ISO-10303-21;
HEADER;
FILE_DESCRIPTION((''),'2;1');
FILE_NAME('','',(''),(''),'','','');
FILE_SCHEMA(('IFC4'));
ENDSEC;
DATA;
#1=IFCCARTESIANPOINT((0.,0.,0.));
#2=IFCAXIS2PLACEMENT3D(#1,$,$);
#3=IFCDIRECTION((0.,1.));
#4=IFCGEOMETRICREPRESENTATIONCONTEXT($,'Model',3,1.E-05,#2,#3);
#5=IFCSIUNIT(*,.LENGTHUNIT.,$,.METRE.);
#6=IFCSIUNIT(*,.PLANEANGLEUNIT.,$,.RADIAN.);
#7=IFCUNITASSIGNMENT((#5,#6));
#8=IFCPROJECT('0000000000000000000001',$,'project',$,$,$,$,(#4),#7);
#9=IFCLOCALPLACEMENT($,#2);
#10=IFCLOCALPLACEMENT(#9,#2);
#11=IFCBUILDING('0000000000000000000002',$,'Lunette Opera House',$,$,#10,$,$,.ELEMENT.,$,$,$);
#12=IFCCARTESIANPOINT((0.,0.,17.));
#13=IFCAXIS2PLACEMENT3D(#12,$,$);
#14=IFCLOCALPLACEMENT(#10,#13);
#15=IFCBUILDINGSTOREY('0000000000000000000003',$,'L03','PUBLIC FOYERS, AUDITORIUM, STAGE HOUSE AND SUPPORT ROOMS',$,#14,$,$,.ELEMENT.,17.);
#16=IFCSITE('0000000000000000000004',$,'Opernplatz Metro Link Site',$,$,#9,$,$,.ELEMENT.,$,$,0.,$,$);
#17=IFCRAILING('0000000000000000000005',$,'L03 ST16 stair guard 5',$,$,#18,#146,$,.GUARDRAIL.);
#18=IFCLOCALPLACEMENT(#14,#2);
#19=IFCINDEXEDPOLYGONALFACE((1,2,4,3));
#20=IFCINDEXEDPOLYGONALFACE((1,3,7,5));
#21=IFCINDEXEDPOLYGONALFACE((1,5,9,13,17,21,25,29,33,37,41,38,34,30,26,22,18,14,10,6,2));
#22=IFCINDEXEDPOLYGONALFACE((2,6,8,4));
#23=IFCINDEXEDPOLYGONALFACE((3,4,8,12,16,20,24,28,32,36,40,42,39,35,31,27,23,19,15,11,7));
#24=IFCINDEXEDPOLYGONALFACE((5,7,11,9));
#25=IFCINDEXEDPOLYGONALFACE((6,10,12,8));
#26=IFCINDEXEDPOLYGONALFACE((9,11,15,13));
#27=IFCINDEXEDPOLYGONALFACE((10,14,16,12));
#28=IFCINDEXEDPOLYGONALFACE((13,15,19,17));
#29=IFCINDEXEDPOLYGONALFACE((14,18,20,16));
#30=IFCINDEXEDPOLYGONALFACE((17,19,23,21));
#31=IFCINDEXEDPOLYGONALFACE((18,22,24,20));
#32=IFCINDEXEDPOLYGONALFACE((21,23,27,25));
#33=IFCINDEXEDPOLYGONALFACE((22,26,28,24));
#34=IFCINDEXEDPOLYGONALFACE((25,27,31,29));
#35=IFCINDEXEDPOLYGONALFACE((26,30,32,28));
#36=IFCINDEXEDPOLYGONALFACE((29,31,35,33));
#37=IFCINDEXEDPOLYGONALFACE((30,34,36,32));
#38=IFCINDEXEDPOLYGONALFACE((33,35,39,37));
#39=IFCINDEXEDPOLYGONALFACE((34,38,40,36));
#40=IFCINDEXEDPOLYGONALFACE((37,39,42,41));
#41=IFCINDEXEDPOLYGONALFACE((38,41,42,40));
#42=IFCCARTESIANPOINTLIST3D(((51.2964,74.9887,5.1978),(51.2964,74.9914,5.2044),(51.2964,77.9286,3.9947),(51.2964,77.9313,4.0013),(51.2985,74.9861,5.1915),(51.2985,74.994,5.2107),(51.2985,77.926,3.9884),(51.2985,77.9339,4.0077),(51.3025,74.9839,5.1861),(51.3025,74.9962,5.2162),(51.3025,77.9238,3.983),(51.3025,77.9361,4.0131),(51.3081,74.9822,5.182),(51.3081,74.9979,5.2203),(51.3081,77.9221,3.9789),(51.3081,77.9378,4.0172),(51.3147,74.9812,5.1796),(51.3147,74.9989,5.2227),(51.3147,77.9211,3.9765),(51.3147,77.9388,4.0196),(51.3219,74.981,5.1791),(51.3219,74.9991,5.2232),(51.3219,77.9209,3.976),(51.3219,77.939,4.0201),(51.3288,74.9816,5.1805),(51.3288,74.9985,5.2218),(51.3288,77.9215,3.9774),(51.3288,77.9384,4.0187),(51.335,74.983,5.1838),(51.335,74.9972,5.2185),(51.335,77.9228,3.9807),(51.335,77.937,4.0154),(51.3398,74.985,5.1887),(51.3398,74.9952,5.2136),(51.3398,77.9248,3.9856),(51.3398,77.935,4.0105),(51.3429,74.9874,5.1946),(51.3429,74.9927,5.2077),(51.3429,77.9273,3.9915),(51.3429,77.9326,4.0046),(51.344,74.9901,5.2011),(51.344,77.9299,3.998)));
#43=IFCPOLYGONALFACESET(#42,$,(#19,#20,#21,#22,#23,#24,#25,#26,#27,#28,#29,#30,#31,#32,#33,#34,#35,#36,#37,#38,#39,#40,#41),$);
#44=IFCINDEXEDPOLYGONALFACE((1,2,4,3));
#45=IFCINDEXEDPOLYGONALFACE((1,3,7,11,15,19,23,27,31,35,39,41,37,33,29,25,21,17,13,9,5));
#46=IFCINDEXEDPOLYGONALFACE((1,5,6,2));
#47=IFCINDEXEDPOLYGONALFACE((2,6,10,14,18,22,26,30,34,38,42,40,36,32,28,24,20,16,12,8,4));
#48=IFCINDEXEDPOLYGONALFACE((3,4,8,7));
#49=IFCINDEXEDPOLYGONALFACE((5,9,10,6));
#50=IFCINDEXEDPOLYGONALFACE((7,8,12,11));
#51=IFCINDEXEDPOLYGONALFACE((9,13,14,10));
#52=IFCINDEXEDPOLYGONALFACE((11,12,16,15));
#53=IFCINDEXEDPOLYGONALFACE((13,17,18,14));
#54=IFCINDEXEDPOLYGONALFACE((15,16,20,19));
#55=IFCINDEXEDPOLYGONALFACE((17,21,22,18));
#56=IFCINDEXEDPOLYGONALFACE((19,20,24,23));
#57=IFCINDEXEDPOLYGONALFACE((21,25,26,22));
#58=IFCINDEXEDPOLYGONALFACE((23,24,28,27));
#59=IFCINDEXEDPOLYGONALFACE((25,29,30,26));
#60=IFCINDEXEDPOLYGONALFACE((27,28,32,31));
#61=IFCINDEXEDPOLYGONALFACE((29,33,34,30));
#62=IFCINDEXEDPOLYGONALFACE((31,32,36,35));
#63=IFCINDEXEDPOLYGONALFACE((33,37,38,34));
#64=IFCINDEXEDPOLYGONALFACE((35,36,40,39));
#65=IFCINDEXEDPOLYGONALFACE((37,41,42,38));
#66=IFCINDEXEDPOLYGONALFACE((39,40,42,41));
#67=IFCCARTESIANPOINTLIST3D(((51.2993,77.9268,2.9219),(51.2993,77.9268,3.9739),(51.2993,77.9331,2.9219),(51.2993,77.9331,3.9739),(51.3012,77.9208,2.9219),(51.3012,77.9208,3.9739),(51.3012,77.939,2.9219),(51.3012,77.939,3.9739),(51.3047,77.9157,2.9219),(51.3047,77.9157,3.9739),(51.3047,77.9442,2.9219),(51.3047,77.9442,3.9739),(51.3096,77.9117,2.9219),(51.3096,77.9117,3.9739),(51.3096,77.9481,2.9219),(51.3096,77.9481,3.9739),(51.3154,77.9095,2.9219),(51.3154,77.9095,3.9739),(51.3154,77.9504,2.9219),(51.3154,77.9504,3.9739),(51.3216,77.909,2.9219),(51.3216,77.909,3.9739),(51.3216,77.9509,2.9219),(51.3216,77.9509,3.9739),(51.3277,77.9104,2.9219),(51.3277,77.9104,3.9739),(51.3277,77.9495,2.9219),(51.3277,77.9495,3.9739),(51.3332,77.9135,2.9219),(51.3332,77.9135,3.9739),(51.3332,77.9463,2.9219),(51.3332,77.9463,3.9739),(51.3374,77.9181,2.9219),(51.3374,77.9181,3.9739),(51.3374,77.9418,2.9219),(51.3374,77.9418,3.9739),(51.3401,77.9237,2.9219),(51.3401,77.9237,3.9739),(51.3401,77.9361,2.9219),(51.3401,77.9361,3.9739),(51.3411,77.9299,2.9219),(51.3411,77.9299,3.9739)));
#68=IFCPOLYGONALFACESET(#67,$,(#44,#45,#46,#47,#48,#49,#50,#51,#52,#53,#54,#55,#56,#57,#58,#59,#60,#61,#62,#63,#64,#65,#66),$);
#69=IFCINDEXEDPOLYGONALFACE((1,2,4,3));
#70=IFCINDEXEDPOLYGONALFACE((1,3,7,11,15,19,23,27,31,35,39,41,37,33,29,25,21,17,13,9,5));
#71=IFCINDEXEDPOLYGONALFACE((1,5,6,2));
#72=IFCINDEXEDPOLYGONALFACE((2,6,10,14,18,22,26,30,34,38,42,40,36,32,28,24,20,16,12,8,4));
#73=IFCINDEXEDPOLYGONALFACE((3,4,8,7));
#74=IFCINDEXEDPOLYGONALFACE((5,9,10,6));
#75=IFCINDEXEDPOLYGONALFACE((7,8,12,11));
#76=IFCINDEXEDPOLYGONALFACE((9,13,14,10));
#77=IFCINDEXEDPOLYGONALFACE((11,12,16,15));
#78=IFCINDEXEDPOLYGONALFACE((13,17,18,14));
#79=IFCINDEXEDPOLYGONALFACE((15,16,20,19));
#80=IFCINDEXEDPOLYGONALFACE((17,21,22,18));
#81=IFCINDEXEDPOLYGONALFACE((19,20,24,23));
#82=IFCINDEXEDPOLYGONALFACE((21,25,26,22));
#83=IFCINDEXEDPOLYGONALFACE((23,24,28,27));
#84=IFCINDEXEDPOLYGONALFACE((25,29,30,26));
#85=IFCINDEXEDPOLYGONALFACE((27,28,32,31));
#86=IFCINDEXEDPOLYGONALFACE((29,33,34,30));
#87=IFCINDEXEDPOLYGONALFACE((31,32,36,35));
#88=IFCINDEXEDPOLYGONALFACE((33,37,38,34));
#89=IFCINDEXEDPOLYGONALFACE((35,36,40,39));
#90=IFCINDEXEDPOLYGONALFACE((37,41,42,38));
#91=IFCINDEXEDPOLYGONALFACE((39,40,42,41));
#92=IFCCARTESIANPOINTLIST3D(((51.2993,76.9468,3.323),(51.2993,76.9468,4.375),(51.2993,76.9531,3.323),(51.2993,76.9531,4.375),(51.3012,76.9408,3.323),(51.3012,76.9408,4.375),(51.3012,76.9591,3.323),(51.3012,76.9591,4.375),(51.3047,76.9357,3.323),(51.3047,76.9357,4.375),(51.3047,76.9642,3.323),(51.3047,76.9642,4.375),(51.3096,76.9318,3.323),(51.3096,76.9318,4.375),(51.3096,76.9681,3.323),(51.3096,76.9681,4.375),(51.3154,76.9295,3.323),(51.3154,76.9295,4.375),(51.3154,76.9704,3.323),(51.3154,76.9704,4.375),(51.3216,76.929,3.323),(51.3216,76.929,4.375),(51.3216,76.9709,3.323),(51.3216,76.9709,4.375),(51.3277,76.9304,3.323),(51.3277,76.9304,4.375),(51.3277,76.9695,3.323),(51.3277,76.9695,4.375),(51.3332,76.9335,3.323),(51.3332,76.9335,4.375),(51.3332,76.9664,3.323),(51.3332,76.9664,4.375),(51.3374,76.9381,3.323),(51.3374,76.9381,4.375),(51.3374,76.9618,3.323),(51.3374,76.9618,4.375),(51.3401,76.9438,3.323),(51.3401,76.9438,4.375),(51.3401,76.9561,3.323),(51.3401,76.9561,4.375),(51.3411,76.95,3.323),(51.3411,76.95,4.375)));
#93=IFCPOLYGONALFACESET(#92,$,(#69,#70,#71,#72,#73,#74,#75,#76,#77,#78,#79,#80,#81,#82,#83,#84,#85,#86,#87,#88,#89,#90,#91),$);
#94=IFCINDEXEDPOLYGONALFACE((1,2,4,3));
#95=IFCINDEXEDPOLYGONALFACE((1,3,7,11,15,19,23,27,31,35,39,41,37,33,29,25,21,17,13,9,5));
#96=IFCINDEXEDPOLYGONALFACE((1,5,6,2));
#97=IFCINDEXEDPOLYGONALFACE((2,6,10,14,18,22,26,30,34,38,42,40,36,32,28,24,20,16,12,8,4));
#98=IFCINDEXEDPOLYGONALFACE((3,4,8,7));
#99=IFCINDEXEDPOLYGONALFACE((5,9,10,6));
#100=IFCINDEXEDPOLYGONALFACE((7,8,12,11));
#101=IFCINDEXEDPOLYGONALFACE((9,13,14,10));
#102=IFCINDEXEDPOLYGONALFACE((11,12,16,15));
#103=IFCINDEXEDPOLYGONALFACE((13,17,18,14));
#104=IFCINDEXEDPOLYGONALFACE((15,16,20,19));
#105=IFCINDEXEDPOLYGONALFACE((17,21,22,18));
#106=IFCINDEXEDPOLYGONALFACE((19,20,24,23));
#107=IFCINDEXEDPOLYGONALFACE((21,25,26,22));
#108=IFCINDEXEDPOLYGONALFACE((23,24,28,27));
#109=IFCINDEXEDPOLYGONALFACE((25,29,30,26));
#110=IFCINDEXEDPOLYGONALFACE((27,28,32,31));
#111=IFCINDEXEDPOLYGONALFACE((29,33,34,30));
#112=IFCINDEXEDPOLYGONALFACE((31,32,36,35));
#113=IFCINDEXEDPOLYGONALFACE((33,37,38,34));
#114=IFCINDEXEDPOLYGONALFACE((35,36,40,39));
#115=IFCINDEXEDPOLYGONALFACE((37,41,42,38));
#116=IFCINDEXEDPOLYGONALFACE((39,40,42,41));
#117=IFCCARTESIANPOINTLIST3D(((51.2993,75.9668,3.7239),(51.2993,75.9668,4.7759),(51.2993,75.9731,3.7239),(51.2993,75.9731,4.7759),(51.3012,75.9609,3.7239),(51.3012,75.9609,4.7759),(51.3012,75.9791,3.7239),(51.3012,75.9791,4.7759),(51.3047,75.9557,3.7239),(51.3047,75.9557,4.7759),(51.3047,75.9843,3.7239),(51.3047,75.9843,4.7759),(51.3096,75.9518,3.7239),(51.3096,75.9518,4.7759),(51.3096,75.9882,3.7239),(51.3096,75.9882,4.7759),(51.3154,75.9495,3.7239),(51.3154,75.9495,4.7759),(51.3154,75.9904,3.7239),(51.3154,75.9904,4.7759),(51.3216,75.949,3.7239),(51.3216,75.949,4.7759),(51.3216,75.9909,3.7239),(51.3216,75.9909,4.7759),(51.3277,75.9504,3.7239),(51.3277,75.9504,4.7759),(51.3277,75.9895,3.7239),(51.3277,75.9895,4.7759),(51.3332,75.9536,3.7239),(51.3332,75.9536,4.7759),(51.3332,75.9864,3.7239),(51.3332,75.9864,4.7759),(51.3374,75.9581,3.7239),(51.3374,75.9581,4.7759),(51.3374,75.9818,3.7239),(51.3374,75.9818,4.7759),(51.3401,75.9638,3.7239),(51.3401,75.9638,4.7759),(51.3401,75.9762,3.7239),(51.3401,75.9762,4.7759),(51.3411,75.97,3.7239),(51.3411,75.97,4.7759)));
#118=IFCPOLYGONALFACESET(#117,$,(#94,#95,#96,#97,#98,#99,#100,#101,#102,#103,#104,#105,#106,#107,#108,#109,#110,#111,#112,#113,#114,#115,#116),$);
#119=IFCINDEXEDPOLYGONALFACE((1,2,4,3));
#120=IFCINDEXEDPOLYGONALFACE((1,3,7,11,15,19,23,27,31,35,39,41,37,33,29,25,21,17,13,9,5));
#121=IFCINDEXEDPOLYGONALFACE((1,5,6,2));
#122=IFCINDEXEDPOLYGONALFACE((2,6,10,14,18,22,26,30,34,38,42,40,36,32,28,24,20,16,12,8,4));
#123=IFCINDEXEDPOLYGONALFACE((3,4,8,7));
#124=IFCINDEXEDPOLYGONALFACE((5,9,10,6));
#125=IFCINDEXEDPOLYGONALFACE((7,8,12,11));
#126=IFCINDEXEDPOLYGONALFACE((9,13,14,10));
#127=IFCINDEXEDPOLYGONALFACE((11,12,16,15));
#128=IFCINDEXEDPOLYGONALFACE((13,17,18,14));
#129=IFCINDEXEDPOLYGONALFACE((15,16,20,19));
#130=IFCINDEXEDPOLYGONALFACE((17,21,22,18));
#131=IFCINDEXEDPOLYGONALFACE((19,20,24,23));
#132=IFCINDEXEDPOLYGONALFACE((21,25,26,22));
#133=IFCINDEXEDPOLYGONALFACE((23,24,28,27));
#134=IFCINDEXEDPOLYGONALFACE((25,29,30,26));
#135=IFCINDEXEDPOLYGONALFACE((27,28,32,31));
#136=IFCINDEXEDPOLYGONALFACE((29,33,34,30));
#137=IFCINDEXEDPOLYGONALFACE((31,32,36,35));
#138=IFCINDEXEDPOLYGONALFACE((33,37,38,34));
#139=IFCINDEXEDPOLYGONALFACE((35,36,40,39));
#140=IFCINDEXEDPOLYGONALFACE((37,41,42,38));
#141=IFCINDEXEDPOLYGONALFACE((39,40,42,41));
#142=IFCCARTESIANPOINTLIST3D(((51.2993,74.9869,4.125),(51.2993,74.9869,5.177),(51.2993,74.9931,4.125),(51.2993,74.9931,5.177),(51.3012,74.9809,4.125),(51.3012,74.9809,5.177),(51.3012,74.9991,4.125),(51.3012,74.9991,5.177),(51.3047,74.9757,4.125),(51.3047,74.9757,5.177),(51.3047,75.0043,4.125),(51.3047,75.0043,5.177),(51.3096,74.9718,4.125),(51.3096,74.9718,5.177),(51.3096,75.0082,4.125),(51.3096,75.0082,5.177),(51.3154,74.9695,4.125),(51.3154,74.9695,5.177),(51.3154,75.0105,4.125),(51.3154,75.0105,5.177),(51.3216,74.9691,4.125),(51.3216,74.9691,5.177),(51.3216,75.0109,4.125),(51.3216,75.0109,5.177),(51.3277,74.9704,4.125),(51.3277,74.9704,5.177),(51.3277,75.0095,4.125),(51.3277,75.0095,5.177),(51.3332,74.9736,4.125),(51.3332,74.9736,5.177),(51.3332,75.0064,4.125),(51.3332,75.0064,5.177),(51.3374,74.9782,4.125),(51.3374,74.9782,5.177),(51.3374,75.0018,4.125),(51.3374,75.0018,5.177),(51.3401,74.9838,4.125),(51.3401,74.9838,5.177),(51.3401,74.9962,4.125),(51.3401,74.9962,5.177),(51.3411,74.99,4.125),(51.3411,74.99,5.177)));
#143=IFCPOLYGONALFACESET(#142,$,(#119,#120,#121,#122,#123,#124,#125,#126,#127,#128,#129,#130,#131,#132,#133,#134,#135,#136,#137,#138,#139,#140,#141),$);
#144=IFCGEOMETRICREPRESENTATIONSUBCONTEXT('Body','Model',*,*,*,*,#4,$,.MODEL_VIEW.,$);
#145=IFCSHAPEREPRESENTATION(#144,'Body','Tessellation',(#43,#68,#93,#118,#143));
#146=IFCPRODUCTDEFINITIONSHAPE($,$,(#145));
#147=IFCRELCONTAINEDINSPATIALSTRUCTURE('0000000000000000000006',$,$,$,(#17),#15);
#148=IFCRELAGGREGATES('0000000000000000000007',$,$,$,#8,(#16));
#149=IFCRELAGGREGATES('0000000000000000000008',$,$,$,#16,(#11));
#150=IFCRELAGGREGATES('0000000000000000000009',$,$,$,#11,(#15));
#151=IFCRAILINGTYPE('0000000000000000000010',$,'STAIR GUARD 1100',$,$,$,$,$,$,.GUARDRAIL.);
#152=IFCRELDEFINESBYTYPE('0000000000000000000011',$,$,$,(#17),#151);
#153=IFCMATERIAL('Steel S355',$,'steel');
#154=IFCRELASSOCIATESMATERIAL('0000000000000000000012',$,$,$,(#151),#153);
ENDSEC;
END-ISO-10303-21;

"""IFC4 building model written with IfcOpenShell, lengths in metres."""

from ifc_helpers import new_model, si_unit, direction, frame, origin, origin_2d, place, context, subcontext, project, spatial, circle, extrude, material, type_object, element, save


model = new_model("IFC4")

# Units and contexts
model_context = context("Model", 3, precision=1e-05, world=origin(), true_north=direction((0.0, 1.0)))
body_context = subcontext(model_context, "Body", "Model", "MODEL_VIEW")
ifc_project = project(units=[si_unit("LENGTHUNIT", "METRE"), si_unit("PLANEANGLEUNIT", "RADIAN")], contexts=[model_context])

# Site, building, storey
site_placement = place(None, origin())
site = spatial("IfcSite", under=ifc_project, at=site_placement, Name="Opernplatz Metro Link Site", CompositionType="ELEMENT", RefElevation=0.0)
building_placement = place(site_placement, origin())
building = spatial("IfcBuilding", under=site, at=building_placement, Name="Lunette Opera House", CompositionType="ELEMENT")
storey_placement = place(building_placement, frame((0.0, 0.0, 17.0)))
storey = spatial("IfcBuildingStorey", under=building, at=storey_placement, Name="L03", Description="PUBLIC FOYERS, AUDITORIUM, STAGE HOUSE AND SUPPORT ROOMS", CompositionType="ELEMENT", Elevation=17.0)

# Railing
ifc_material_1 = material(Name="Steel S355", Category="steel")
railing_type_1 = type_object("IfcRailingType", Name="STAIR GUARD 1100", PredefinedType="GUARDRAIL", material=ifc_material_1)
railing_1_placement = place(storey_placement, frame((51.3201, 77.9299, 2.9219)))
element("IfcRailing", 1, at=railing_1_placement, inside=storey, type_object=railing_type_1, Name="L03 ST16 stair guard 5", PredefinedType="GUARDRAIL", context=body_context, shape_type="SweptSolid", body=[
    extrude(circle(Radius=0.0239, at=origin_2d()), frame((0.0, 0.0, 1.0762), z_axis=(0.0, -0.9255, 0.378747), x_axis=(1.0, 0.0, 0.0)), (0.0, 0.0, 1.0), 3.1765),
    extrude(circle(Radius=0.021, at=origin_2d()), origin(), (0.0, 0.0, 1.0), 1.052),
    extrude(circle(Radius=0.021, at=origin_2d()), frame((0.0, -0.98, 0.4011)), (0.0, 0.0, 1.0), 1.052),
    extrude(circle(Radius=0.021, at=origin_2d()), frame((0.0, -1.96, 0.802)), (0.0, 0.0, 1.0), 1.052),
    extrude(circle(Radius=0.021, at=origin_2d()), frame((0.0, -2.9399, 1.2031)), (0.0, 0.0, 1.0), 1.052),
])

save(model, "model.ifc")
